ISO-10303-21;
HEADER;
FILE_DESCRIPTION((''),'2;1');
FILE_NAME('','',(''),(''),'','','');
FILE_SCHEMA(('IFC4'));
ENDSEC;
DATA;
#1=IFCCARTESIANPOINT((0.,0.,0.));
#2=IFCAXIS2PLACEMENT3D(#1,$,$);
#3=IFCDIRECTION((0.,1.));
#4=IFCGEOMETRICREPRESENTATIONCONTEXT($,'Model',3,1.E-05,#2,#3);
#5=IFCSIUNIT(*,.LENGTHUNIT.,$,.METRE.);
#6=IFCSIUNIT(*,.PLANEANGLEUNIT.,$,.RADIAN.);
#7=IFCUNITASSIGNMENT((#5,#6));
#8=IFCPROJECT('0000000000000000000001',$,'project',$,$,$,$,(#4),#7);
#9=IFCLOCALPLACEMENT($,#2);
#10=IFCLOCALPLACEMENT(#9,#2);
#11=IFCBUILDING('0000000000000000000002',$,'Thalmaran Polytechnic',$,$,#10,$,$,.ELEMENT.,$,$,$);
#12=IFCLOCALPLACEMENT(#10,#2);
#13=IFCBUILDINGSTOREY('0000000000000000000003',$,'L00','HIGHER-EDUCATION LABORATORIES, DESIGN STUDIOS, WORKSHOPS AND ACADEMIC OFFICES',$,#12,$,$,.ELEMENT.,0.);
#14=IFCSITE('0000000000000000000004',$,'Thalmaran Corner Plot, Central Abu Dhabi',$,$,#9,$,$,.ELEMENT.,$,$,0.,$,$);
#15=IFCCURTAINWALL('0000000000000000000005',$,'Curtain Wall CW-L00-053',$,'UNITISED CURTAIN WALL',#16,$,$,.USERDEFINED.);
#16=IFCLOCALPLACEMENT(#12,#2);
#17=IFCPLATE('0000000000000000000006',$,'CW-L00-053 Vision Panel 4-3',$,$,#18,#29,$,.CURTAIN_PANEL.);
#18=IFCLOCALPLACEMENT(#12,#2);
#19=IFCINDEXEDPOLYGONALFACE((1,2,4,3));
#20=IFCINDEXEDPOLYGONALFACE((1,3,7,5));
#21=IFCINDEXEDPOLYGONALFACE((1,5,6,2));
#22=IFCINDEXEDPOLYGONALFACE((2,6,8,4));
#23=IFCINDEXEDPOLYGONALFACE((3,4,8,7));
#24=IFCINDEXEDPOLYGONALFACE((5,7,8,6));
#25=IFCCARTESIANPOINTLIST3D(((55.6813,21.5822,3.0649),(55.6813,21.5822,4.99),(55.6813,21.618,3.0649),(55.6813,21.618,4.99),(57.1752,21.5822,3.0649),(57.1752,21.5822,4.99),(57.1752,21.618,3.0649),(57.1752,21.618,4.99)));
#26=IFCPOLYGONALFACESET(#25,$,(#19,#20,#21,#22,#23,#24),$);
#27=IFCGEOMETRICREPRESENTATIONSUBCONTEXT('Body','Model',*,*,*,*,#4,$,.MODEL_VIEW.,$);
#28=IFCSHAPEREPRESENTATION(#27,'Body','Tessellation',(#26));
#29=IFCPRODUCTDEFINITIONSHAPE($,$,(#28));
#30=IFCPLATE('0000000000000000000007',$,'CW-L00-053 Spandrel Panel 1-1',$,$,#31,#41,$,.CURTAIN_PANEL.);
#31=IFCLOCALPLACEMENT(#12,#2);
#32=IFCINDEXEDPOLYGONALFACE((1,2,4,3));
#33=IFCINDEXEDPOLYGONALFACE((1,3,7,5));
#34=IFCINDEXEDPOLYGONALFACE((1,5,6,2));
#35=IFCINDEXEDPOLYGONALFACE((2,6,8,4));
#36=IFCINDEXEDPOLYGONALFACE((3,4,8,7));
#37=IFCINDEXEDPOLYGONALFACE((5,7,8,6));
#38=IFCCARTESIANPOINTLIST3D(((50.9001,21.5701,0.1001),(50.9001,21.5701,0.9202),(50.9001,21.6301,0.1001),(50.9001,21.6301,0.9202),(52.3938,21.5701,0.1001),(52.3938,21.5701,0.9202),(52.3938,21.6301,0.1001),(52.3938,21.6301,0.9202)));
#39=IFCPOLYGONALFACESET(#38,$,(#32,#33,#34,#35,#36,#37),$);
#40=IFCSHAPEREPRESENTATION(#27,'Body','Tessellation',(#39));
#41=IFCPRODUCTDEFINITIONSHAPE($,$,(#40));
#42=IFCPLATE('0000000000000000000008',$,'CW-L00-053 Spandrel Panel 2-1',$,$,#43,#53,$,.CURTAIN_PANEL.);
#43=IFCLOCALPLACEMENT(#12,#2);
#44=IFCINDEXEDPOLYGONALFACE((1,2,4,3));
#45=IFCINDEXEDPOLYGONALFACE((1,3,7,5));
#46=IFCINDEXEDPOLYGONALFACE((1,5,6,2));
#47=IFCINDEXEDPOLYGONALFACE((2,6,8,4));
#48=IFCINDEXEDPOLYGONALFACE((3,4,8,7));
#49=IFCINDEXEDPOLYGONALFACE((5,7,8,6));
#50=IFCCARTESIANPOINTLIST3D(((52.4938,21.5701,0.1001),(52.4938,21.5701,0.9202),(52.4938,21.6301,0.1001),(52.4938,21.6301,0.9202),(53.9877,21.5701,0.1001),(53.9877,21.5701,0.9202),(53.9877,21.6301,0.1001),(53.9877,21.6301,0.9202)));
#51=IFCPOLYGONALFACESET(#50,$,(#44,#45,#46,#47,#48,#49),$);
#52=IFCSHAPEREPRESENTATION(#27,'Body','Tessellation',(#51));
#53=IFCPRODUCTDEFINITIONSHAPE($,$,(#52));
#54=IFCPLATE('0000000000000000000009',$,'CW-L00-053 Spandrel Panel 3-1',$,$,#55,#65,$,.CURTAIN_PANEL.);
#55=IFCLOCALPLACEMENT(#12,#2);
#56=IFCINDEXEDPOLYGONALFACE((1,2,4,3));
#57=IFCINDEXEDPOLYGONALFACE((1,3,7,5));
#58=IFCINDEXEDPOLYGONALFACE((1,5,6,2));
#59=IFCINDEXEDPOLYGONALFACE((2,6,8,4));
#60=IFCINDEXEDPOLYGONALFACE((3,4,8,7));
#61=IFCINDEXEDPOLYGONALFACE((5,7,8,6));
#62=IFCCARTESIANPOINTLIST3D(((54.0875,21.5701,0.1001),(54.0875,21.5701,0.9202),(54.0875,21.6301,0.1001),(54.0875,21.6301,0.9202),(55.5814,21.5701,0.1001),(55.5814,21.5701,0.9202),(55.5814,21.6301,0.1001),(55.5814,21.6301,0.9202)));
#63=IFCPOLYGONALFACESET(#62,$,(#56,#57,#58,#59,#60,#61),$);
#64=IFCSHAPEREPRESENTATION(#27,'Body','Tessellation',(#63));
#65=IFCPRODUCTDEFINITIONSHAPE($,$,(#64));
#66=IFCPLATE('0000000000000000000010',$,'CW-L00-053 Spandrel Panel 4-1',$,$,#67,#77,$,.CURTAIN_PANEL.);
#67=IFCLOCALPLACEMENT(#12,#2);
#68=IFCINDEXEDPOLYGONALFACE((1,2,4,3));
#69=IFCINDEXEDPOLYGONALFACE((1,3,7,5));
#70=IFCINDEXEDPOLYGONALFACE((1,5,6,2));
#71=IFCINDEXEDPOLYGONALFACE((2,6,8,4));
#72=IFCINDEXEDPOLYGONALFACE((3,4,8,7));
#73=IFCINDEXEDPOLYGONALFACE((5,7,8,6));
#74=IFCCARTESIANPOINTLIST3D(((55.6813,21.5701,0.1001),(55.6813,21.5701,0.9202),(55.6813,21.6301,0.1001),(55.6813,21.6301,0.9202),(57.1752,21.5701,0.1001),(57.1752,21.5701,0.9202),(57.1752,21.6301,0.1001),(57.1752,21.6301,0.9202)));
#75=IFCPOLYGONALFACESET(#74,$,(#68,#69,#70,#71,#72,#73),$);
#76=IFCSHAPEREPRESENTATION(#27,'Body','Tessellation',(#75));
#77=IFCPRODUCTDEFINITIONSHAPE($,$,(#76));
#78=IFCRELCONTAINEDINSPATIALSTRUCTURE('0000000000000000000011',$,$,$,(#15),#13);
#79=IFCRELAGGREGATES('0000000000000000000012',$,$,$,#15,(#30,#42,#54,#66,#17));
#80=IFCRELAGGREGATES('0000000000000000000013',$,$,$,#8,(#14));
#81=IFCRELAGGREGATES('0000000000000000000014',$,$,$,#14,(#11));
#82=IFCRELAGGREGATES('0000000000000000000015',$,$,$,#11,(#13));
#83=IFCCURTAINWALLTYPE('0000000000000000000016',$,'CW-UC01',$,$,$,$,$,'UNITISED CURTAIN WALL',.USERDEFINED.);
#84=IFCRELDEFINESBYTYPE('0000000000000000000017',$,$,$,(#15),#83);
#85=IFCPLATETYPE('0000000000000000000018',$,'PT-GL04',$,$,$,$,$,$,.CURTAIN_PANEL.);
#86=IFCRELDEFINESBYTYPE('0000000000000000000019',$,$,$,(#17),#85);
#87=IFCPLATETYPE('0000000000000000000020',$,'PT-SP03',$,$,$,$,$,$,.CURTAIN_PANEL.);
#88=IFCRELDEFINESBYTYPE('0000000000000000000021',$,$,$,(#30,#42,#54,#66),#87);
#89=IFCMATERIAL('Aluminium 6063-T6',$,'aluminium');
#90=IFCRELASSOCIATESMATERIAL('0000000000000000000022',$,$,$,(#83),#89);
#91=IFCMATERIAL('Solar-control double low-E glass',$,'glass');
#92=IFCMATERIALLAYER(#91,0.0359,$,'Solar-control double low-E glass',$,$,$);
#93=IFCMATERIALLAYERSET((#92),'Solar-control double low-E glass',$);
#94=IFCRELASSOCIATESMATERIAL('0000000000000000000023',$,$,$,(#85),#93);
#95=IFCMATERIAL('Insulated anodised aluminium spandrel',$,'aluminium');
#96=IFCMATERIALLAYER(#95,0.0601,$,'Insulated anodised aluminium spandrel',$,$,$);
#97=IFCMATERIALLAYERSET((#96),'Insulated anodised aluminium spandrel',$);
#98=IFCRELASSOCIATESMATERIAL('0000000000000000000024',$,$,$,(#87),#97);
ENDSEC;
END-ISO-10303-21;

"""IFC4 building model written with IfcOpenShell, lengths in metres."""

from ifc_helpers import new_model, si_unit, direction, frame, origin, origin_2d, place, context, subcontext, project, spatial, rectangle, extrude, material, layer, layer_set, type_object, element, aggregate, save


model = new_model("IFC4")

# Units and contexts
model_context = context("Model", 3, precision=1e-05, world=origin(), true_north=direction((0.0, 1.0)))
body_context = subcontext(model_context, "Body", "Model", "MODEL_VIEW")
ifc_project = project(units=[si_unit("LENGTHUNIT", "METRE"), si_unit("PLANEANGLEUNIT", "RADIAN")], contexts=[model_context])

# Site, building, storey
site_placement = place(None, origin())
site = spatial("IfcSite", under=ifc_project, at=site_placement, Name="Thalmaran Corner Plot, Central Abu Dhabi", CompositionType="ELEMENT", RefElevation=0.0)
building_placement = place(site_placement, origin())
building = spatial("IfcBuilding", under=site, at=building_placement, Name="Thalmaran Polytechnic", CompositionType="ELEMENT")
storey_placement = place(building_placement, origin())
storey = spatial("IfcBuildingStorey", under=building, at=storey_placement, Name="L00", Description="HIGHER-EDUCATION LABORATORIES, DESIGN STUDIOS, WORKSHOPS AND ACADEMIC OFFICES", CompositionType="ELEMENT", Elevation=0.0)

# Curtain wall
ifc_material_1 = material(Name="Aluminium 6063-T6", Category="aluminium")
curtain_wall_type = type_object("IfcCurtainWallType", Name="CW-UC01", ElementType="UNITISED CURTAIN WALL", PredefinedType="USERDEFINED", material=ifc_material_1)
curtain_wall_1_placement = place(storey_placement, origin())
curtain_wall_1 = element("IfcCurtainWall", 1, at=curtain_wall_1_placement, inside=storey, type_object=curtain_wall_type, Name="Curtain Wall CW-L00-053", ObjectType="UNITISED CURTAIN WALL", PredefinedType="USERDEFINED")

# Plates
ifc_material_2 = material(Name="Solar-control double low-E glass", Category="glass")
ifc_layer_1 = layer(ifc_material_2, 0.0359, Name="Solar-control double low-E glass")
ifc_layer_set_1 = layer_set([ifc_layer_1], Name="Solar-control double low-E glass")
plate_type_1 = type_object("IfcPlateType", Name="PT-GL04", PredefinedType="CURTAIN_PANEL", material=ifc_layer_set_1)
plate_1_placement = place(storey_placement, frame((56.4282, 21.6001, 3.0649), z_axis=(0.0, 0.0, 1.0), x_axis=(1.0, 0.0, 0.0)))
plate_1 = element("IfcPlate", 2, at=plate_1_placement, type_object=plate_type_1, Name="CW-L00-053 Vision Panel 4-3", PredefinedType="CURTAIN_PANEL", context=body_context, shape_type="SweptSolid", body=[
    extrude(rectangle(XDim=1.4939, YDim=0.0359, at=origin_2d()), origin(), (0.0, 0.0, 1.0), 1.925),
])
ifc_material_3 = material(Name="Insulated anodised aluminium spandrel", Category="aluminium")
ifc_layer_2 = layer(ifc_material_3, 0.0601, Name="Insulated anodised aluminium spandrel")
ifc_layer_set_2 = layer_set([ifc_layer_2], Name="Insulated anodised aluminium spandrel")
plate_type_2 = type_object("IfcPlateType", Name="PT-SP03", PredefinedType="CURTAIN_PANEL", material=ifc_layer_set_2)
plate_2_placement = place(storey_placement, frame((51.647, 21.6001, 0.1001), z_axis=(0.0, 0.0, 1.0), x_axis=(1.0, 0.0, 0.0)))
plate_2 = element("IfcPlate", 3, at=plate_2_placement, type_object=plate_type_2, Name="CW-L00-053 Spandrel Panel 1-1", PredefinedType="CURTAIN_PANEL", context=body_context, shape_type="SweptSolid", body=[
    extrude(rectangle(XDim=1.4937, YDim=0.0601, at=origin_2d()), origin(), (0.0, 0.0, 1.0), 0.8201),
])
plate_3_placement = place(storey_placement, frame((53.2407, 21.6001, 0.1001), z_axis=(0.0, 0.0, 1.0), x_axis=(1.0, 0.0, 0.0)))
plate_3 = element("IfcPlate", 4, at=plate_3_placement, type_object=plate_type_2, Name="CW-L00-053 Spandrel Panel 2-1", PredefinedType="CURTAIN_PANEL", context=body_context, shape_type="SweptSolid", body=[
    extrude(rectangle(XDim=1.4939, YDim=0.0601, at=origin_2d()), origin(), (0.0, 0.0, 1.0), 0.8201),
])
plate_4_placement = place(storey_placement, frame((54.8345, 21.6001, 0.1001), z_axis=(0.0, 0.0, 1.0), x_axis=(1.0, 0.0, 0.0)))
plate_4 = element("IfcPlate", 5, at=plate_4_placement, type_object=plate_type_2, Name="CW-L00-053 Spandrel Panel 3-1", PredefinedType="CURTAIN_PANEL", context=body_context, shape_type="SweptSolid", body=[
    extrude(rectangle(XDim=1.4939, YDim=0.0601, at=origin_2d()), origin(), (0.0, 0.0, 1.0), 0.8201),
])
plate_5_placement = place(storey_placement, frame((56.4282, 21.6001, 0.1001), z_axis=(0.0, 0.0, 1.0), x_axis=(1.0, 0.0, 0.0)))
plate_5 = element("IfcPlate", 6, at=plate_5_placement, type_object=plate_type_2, Name="CW-L00-053 Spandrel Panel 4-1", PredefinedType="CURTAIN_PANEL", context=body_context, shape_type="SweptSolid", body=[
    extrude(rectangle(XDim=1.4939, YDim=0.0601, at=origin_2d()), origin(), (0.0, 0.0, 1.0), 0.8201),
])
aggregate(curtain_wall_1, [plate_2, plate_3, plate_4, plate_5, plate_1])

save(model, "model.ifc")
